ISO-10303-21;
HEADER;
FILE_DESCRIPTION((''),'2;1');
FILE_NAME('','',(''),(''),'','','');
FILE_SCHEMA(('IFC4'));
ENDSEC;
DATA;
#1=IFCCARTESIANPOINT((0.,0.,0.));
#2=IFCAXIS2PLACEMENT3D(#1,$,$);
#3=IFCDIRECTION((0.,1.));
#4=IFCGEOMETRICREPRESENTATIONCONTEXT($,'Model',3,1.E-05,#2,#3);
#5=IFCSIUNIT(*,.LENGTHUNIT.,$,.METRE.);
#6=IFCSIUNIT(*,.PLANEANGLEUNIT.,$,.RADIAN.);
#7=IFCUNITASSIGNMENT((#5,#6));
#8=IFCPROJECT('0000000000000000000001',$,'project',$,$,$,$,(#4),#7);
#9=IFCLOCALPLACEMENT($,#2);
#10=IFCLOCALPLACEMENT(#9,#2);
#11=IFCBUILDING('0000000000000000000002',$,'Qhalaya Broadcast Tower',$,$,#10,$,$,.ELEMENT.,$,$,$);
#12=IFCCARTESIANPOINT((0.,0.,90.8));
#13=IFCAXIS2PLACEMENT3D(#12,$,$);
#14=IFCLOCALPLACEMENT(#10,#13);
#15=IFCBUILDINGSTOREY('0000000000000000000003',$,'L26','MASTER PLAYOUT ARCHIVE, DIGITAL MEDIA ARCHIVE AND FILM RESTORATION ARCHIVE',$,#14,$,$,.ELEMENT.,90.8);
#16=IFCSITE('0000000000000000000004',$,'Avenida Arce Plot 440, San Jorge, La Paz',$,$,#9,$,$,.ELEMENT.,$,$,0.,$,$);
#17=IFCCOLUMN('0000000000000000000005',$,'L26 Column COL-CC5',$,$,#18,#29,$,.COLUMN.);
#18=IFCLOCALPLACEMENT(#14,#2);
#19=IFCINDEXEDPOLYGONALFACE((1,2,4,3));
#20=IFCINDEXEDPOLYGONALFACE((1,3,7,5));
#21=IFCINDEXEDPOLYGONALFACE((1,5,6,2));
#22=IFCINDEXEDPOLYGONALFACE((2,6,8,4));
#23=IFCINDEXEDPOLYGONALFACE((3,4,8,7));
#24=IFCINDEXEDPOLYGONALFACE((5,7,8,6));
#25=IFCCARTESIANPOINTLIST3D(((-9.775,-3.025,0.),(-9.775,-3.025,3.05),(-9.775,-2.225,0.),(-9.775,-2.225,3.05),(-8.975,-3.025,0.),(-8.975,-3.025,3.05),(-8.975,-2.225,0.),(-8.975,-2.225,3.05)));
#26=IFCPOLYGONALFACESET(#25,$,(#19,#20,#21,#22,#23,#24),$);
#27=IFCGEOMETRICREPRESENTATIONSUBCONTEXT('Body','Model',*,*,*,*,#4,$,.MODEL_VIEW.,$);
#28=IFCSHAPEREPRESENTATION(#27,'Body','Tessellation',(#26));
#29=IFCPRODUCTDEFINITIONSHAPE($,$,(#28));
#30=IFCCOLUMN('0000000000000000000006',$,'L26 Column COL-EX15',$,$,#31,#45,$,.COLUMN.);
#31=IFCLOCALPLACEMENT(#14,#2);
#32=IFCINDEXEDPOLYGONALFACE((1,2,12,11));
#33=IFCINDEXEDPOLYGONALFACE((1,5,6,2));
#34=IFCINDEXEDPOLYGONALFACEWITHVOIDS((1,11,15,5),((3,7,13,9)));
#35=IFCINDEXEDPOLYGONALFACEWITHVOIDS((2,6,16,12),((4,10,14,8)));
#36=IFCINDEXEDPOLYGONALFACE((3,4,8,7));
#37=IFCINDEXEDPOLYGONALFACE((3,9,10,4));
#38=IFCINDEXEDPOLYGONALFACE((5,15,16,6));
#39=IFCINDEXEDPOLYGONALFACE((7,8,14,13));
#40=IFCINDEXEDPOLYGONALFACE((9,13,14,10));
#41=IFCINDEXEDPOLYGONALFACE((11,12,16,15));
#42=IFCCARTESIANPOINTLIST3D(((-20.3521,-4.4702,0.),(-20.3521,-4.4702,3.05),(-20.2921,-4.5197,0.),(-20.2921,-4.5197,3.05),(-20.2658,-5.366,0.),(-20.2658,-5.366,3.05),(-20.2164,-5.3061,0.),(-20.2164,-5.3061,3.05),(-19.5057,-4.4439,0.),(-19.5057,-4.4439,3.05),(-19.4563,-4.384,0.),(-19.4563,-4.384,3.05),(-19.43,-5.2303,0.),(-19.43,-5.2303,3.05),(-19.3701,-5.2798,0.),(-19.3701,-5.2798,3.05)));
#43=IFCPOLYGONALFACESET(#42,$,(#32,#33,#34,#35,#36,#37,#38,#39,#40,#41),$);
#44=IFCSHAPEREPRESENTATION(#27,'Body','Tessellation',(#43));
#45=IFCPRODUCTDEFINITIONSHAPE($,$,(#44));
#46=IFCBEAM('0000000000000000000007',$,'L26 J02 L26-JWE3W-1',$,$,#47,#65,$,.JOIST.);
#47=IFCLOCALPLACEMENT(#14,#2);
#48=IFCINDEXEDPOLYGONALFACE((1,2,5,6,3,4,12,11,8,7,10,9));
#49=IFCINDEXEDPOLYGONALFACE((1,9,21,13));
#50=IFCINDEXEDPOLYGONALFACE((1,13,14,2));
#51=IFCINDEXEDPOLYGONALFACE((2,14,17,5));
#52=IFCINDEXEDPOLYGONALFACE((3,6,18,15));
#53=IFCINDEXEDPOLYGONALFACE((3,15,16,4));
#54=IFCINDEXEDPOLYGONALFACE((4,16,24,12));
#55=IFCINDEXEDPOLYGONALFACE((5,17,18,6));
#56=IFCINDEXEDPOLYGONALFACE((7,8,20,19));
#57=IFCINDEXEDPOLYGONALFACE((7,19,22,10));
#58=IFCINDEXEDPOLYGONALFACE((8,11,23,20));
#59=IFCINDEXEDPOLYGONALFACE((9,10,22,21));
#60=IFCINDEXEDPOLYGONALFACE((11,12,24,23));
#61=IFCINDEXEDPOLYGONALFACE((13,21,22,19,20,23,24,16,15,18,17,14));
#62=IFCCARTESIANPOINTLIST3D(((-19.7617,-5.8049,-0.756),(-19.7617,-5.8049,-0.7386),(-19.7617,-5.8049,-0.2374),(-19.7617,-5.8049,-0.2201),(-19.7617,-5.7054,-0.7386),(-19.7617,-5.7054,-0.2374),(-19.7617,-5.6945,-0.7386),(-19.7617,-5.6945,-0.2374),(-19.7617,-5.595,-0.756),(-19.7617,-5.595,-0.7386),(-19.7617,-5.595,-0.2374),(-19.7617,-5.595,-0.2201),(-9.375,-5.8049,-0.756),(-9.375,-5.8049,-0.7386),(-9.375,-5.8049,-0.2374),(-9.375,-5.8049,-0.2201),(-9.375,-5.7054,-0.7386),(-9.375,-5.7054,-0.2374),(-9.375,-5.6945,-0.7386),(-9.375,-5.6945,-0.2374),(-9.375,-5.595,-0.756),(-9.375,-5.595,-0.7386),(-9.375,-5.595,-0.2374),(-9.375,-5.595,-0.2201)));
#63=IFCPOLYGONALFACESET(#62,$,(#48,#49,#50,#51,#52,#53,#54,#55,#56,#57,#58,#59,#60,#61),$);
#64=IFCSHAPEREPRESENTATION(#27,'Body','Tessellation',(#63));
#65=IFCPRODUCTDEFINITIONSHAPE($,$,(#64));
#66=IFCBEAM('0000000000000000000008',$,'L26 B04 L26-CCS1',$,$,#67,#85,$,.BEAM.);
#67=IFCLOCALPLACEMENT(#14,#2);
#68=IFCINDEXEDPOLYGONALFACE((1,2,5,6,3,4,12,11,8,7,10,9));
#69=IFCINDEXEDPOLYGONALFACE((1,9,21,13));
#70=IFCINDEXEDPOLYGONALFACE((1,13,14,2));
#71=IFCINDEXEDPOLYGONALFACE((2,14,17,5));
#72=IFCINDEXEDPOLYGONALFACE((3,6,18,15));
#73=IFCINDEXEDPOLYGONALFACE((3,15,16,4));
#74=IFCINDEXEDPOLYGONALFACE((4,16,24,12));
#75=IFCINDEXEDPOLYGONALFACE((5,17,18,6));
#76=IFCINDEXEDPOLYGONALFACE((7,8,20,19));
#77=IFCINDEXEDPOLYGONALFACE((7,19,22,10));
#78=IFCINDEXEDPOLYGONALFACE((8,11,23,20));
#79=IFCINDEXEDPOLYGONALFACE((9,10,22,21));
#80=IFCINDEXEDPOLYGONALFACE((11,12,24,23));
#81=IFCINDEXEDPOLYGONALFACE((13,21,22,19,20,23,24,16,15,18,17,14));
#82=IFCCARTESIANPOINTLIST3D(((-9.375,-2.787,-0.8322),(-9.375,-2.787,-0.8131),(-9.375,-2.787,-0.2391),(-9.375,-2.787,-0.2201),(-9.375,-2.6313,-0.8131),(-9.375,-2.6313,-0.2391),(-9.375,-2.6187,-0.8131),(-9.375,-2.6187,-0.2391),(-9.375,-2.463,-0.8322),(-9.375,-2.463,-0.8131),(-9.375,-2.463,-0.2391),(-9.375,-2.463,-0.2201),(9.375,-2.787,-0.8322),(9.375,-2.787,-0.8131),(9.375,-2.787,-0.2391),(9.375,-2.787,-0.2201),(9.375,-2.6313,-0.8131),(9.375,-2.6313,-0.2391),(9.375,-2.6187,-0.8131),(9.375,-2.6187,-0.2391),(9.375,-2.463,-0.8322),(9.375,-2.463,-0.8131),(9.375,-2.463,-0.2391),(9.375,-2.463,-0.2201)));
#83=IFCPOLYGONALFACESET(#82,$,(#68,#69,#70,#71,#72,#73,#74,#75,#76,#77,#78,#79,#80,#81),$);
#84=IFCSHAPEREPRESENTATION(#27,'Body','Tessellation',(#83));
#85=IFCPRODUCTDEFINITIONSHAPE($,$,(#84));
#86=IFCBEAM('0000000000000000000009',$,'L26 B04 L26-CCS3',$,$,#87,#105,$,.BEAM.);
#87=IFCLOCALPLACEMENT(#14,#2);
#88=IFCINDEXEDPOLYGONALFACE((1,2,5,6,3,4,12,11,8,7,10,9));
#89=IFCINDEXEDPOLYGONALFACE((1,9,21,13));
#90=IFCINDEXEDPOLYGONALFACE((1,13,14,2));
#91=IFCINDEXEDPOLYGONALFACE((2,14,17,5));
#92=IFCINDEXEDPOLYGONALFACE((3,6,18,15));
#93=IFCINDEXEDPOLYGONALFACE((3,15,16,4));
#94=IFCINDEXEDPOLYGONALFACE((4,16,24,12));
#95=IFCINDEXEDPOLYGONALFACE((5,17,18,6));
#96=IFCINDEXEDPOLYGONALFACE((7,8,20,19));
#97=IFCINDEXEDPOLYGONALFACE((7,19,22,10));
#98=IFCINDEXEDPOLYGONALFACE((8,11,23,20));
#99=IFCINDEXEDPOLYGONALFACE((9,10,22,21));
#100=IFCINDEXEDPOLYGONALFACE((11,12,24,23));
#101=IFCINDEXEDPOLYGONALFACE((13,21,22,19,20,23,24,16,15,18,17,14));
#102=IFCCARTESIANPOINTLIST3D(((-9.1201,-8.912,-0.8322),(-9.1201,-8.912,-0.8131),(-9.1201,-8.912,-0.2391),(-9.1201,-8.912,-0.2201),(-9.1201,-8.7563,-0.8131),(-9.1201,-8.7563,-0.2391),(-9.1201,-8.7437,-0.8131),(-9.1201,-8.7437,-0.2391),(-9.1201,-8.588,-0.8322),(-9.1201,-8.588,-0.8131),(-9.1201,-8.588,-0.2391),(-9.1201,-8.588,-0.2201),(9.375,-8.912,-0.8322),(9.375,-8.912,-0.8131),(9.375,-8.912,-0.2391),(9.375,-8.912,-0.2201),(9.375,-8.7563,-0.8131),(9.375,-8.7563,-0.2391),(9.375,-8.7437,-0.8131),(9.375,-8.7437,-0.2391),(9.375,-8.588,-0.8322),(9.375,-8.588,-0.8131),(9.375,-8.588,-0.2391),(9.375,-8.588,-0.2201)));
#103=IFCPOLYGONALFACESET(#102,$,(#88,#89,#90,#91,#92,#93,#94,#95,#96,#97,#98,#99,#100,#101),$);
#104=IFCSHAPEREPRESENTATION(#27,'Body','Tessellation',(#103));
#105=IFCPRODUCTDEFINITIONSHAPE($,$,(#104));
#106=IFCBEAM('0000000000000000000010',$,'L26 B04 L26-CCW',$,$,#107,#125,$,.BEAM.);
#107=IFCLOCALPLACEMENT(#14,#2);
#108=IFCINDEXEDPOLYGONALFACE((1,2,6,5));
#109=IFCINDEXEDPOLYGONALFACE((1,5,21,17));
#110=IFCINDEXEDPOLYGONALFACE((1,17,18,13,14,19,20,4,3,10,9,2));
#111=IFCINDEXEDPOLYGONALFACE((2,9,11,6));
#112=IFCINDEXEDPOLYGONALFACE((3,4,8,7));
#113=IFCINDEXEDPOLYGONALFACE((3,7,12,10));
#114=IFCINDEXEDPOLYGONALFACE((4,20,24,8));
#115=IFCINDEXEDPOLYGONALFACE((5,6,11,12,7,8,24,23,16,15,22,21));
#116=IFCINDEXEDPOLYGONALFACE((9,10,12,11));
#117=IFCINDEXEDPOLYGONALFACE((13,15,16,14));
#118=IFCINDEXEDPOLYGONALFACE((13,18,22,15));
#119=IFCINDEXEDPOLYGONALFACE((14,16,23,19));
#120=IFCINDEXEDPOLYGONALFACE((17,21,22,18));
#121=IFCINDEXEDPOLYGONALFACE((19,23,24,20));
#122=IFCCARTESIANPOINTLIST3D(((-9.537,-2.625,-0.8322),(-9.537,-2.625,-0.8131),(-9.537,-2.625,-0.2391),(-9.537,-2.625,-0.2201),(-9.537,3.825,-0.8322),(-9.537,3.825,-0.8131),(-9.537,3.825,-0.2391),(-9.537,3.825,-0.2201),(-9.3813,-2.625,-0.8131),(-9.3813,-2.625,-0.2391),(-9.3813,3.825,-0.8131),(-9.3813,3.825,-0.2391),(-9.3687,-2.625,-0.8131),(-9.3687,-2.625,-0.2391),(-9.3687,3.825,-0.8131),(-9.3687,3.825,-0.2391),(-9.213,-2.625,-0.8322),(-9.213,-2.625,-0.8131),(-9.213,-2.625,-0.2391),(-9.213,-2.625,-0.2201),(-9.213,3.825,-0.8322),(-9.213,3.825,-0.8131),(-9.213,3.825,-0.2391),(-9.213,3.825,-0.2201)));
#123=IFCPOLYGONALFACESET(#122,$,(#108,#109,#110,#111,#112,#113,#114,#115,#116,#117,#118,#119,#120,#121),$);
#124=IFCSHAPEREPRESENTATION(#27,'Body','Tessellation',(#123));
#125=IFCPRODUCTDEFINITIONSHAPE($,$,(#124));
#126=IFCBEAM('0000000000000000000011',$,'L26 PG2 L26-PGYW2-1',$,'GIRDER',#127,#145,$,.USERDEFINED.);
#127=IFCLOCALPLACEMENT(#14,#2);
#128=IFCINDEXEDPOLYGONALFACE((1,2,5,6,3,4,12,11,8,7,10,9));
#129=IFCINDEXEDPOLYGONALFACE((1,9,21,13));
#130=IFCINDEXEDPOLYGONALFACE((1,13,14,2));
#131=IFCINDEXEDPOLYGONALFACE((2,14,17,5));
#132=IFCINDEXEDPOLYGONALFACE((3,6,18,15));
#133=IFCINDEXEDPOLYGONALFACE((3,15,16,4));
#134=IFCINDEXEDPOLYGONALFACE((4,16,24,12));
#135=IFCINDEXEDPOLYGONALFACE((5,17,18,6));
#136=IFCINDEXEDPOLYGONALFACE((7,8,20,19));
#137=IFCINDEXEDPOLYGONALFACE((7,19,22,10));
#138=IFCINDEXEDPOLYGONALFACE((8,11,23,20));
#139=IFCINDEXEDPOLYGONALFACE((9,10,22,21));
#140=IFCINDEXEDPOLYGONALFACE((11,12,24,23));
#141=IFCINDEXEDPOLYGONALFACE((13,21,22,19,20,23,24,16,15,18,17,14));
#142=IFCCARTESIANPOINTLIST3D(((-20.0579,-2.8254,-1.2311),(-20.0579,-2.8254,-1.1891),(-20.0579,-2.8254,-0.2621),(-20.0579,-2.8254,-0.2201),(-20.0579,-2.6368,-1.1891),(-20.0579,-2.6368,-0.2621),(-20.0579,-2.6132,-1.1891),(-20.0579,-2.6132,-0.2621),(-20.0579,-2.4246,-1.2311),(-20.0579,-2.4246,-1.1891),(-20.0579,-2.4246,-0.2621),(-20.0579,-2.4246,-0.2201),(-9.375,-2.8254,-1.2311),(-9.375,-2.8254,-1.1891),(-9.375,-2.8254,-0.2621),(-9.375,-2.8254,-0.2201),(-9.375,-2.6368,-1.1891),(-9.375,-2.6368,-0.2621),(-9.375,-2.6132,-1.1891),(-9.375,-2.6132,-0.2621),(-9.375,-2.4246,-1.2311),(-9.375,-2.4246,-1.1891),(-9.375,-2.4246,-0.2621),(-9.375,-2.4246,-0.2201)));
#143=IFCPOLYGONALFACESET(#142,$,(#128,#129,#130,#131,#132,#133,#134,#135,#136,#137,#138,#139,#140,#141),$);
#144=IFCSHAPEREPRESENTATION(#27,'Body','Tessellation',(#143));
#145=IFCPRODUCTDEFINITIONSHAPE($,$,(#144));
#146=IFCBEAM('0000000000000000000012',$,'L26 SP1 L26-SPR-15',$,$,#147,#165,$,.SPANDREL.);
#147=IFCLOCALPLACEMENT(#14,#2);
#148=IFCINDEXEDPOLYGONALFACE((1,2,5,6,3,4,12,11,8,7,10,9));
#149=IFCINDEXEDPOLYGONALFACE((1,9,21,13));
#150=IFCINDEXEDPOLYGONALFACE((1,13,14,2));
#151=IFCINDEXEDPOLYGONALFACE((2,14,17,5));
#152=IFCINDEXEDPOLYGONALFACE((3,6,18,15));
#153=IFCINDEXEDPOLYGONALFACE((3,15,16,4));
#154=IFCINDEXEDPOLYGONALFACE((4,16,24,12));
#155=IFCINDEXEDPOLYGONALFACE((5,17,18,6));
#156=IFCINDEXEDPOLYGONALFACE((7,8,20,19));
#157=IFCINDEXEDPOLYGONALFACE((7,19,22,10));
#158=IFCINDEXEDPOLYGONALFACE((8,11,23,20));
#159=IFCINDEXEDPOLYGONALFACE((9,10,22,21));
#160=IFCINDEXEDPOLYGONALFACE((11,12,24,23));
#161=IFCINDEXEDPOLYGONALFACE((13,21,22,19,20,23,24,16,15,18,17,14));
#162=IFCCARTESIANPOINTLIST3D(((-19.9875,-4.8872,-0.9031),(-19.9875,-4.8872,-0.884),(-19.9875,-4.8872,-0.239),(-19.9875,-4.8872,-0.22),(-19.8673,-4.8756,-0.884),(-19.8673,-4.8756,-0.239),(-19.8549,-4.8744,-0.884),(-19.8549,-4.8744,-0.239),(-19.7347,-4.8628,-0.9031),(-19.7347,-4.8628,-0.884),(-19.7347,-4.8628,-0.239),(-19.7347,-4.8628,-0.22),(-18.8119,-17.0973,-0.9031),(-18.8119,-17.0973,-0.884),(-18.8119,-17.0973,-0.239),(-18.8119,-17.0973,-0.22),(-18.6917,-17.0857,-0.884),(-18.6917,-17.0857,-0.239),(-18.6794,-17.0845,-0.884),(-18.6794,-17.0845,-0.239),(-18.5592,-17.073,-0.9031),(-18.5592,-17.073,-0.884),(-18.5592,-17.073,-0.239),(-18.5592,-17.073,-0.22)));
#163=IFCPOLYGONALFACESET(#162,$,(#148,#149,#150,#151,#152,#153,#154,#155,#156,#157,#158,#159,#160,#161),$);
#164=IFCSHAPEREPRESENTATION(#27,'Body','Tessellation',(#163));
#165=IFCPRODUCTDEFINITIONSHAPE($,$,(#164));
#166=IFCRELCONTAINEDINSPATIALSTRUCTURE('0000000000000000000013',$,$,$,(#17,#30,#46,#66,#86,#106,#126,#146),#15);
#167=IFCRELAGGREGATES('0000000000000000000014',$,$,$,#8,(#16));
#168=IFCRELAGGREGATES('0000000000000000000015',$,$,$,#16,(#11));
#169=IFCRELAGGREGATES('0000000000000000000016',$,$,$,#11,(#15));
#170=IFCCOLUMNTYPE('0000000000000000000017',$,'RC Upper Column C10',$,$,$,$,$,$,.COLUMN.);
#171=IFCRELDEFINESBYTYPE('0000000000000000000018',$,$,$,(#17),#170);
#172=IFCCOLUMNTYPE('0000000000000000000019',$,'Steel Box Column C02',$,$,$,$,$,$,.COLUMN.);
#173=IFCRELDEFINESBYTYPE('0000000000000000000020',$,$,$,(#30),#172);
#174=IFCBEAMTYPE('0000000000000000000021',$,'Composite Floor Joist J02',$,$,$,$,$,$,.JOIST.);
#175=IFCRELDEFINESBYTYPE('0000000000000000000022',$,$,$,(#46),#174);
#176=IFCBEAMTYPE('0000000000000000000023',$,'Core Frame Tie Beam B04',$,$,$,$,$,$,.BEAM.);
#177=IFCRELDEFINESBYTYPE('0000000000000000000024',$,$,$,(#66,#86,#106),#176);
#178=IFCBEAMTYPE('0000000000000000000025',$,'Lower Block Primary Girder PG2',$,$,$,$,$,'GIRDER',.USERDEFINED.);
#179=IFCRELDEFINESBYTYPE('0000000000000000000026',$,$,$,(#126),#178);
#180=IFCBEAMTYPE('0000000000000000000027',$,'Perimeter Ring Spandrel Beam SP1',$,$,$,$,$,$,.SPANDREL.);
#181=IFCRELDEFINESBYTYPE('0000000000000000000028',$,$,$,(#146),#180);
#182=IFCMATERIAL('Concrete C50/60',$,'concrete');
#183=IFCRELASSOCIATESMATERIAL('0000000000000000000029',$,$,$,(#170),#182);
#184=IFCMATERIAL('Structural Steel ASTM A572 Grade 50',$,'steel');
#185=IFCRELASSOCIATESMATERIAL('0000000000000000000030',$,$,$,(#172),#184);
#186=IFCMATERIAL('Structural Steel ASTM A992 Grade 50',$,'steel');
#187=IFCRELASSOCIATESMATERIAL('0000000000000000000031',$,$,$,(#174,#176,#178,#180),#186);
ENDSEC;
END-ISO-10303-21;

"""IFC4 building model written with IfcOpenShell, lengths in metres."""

from ifc_helpers import new_model, si_unit, direction, frame, origin, origin_2d, place, context, subcontext, project, spatial, rectangle, hollow_rectangle, i_section, extrude, material, material_profile, profile_set, type_object, element, save


model = new_model("IFC4")

# Units and contexts
model_context = context("Model", 3, precision=1e-05, world=origin(), true_north=direction((0.0, 1.0)))
body_context = subcontext(model_context, "Body", "Model", "MODEL_VIEW")
ifc_project = project(units=[si_unit("LENGTHUNIT", "METRE"), si_unit("PLANEANGLEUNIT", "RADIAN")], contexts=[model_context])

# Site, building, storey
site_placement = place(None, origin())
site = spatial("IfcSite", under=ifc_project, at=site_placement, Name="Avenida Arce Plot 440, San Jorge, La Paz", CompositionType="ELEMENT", RefElevation=0.0)
building_placement = place(site_placement, origin())
building = spatial("IfcBuilding", under=site, at=building_placement, Name="Qhalaya Broadcast Tower", CompositionType="ELEMENT")
storey_placement = place(building_placement, frame((0.0, 0.0, 90.8)))
storey = spatial("IfcBuildingStorey", under=building, at=storey_placement, Name="L26", Description="MASTER PLAYOUT ARCHIVE, DIGITAL MEDIA ARCHIVE AND FILM RESTORATION ARCHIVE", CompositionType="ELEMENT", Elevation=90.8)

# Columns
ifc_material_1 = material(Name="Concrete C50/60", Category="concrete")
ifc_material_profile_1 = material_profile(ifc_material_1, rectangle(XDim=0.8, YDim=0.8, at=origin_2d()), Name="RC-COL 800x800")
ifc_profile_set_1 = profile_set([ifc_material_profile_1], Name="Concrete C50/60")
column_type_1 = type_object("IfcColumnType", Name="RC Upper Column C10", PredefinedType="COLUMN", material=ifc_profile_set_1)
column_1_placement = place(storey_placement, frame((-9.375, -2.625, 0.0), z_axis=(0.0, 0.0, 1.0), x_axis=(1.0, 0.0, 0.0)))
element("IfcColumn", 1, at=column_1_placement, inside=storey, type_object=column_type_1, Name="L26 Column COL-CC5", PredefinedType="COLUMN", context=body_context, shape_type="SweptSolid", body=[
    extrude(rectangle(XDim=0.8, YDim=0.8, at=origin_2d()), origin(), (0.0, 0.0, 1.0), 3.05),
])
ifc_material_2 = material(Name="Structural Steel ASTM A572 Grade 50", Category="steel")
ifc_material_profile_2 = material_profile(ifc_material_2, hollow_rectangle(XDim=0.8999, YDim=0.8999, WallThickness=0.0549, at=origin_2d()), Name="BOX 900x900x55")
ifc_profile_set_2 = profile_set([ifc_material_profile_2], Name="Structural Steel ASTM A572 Grade 50")
column_type_2 = type_object("IfcColumnType", Name="Steel Box Column C02", PredefinedType="COLUMN", material=ifc_profile_set_2)
column_2_placement = place(storey_placement, frame((-19.8611, -4.875, 0.0), z_axis=(0.0, 0.0, 1.0), x_axis=(-0.095846, 0.995396, 0.0)))
element("IfcColumn", 2, at=column_2_placement, inside=storey, type_object=column_type_2, Name="L26 Column COL-EX15", PredefinedType="COLUMN", context=body_context, shape_type="SweptSolid", body=[
    extrude(hollow_rectangle(XDim=0.8999, YDim=0.8999, WallThickness=0.0549, at=origin_2d()), origin(), (0.0, 0.0, 1.0), 3.05),
])

# Beams
ifc_material_3 = material(Name="Structural Steel ASTM A992 Grade 50", Category="steel")
ifc_material_profile_3 = material_profile(ifc_material_3, i_section(OverallWidth=0.21, OverallDepth=0.5359, WebThickness=0.011, FlangeThickness=0.0173, at=origin_2d()), Name="W21X68")
ifc_profile_set_3 = profile_set([ifc_material_profile_3], Name="Structural Steel ASTM A992 Grade 50")
beam_type_1 = type_object("IfcBeamType", Name="Composite Floor Joist J02", PredefinedType="JOIST", material=ifc_profile_set_3)
beam_1_placement = place(storey_placement, frame((-19.7617, -5.7, -0.488), z_axis=(1.0, 0.0, 0.0), x_axis=(0.0, 1.0, 0.0)))
element("IfcBeam", 3, at=beam_1_placement, inside=storey, type_object=beam_type_1, Name="L26 J02 L26-JWE3W-1", PredefinedType="JOIST", context=body_context, shape_type="SweptSolid", body=[
    extrude(i_section(OverallWidth=0.21, OverallDepth=0.5359, WebThickness=0.011, FlangeThickness=0.0173, at=origin_2d()), origin(), (0.0, 0.0, 1.0), 10.3867),
])
ifc_material_profile_4 = material_profile(ifc_material_3, i_section(OverallWidth=0.324, OverallDepth=0.6121, WebThickness=0.0127, FlangeThickness=0.019, at=origin_2d()), Name="W24X104")
ifc_profile_set_4 = profile_set([ifc_material_profile_4], Name="Structural Steel ASTM A992 Grade 50")
beam_type_2 = type_object("IfcBeamType", Name="Core Frame Tie Beam B04", PredefinedType="BEAM", material=ifc_profile_set_4)
beam_2_placement = place(storey_placement, frame((-9.375, -2.625, -0.5261), z_axis=(1.0, 0.0, 0.0), x_axis=(0.0, 1.0, 0.0)))
element("IfcBeam", 4, at=beam_2_placement, inside=storey, type_object=beam_type_2, Name="L26 B04 L26-CCS1", PredefinedType="BEAM", context=body_context, shape_type="SweptSolid", body=[
    extrude(i_section(OverallWidth=0.324, OverallDepth=0.6121, WebThickness=0.0127, FlangeThickness=0.019, at=origin_2d()), origin(), (0.0, 0.0, 1.0), 18.75),
])
beam_3_placement = place(storey_placement, frame((-9.1201, -8.75, -0.5261), z_axis=(1.0, 0.0, 0.0), x_axis=(0.0, 1.0, 0.0)))
element("IfcBeam", 5, at=beam_3_placement, inside=storey, type_object=beam_type_2, Name="L26 B04 L26-CCS3", PredefinedType="BEAM", context=body_context, shape_type="SweptSolid", body=[
    extrude(i_section(OverallWidth=0.324, OverallDepth=0.6121, WebThickness=0.0127, FlangeThickness=0.019, at=origin_2d()), origin(), (0.0, 0.0, 1.0), 18.4951),
])
beam_4_placement = place(storey_placement, frame((-9.375, -2.625, -0.5261), z_axis=(0.0, 1.0, 0.0), x_axis=(-1.0, 0.0, 0.0)))
element("IfcBeam", 6, at=beam_4_placement, inside=storey, type_object=beam_type_2, Name="L26 B04 L26-CCW", PredefinedType="BEAM", context=body_context, shape_type="SweptSolid", body=[
    extrude(i_section(OverallWidth=0.324, OverallDepth=0.6121, WebThickness=0.0127, FlangeThickness=0.019, at=origin_2d()), origin(), (0.0, 0.0, 1.0), 6.45),
])
ifc_material_profile_5 = material_profile(ifc_material_3, i_section(OverallWidth=0.4009, OverallDepth=1.011, WebThickness=0.0237, FlangeThickness=0.042, at=origin_2d()), Name="W40X297")
ifc_profile_set_5 = profile_set([ifc_material_profile_5], Name="Structural Steel ASTM A992 Grade 50")
beam_type_3 = type_object("IfcBeamType", Name="Lower Block Primary Girder PG2", ElementType="GIRDER", PredefinedType="USERDEFINED", material=ifc_profile_set_5)
beam_5_placement = place(storey_placement, frame((-20.0579, -2.625, -0.7256), z_axis=(1.0, 0.0, 0.0), x_axis=(0.0, 1.0, 0.0)))
element("IfcBeam", 7, at=beam_5_placement, inside=storey, type_object=beam_type_3, Name="L26 PG2 L26-PGYW2-1", ObjectType="GIRDER", PredefinedType="USERDEFINED", context=body_context, shape_type="SweptSolid", body=[
    extrude(i_section(OverallWidth=0.4009, OverallDepth=1.011, WebThickness=0.0237, FlangeThickness=0.042, at=origin_2d()), origin(), (0.0, 0.0, 1.0), 10.6829),
])
ifc_material_profile_6 = material_profile(ifc_material_3, i_section(OverallWidth=0.2539, OverallDepth=0.6831, WebThickness=0.0125, FlangeThickness=0.019, at=origin_2d()), Name="W27X94")
ifc_profile_set_6 = profile_set([ifc_material_profile_6], Name="Structural Steel ASTM A992 Grade 50")
beam_type_4 = type_object("IfcBeamType", Name="Perimeter Ring Spandrel Beam SP1", PredefinedType="SPANDREL", material=ifc_profile_set_6)
beam_6_placement = place(storey_placement, frame((-19.8611, -4.875, -0.5615), z_axis=(0.095832, -0.995398, 0.0), x_axis=(0.995398, 0.095832, 0.0)))
element("IfcBeam", 8, at=beam_6_placement, inside=storey, type_object=beam_type_4, Name="L26 SP1 L26-SPR-15", PredefinedType="SPANDREL", context=body_context, shape_type="SweptSolid", body=[
    extrude(i_section(OverallWidth=0.2539, OverallDepth=0.6831, WebThickness=0.0125, FlangeThickness=0.019, at=origin_2d()), origin(), (0.0, 0.0, 1.0), 12.2666),
])

save(model, "model.ifc")
